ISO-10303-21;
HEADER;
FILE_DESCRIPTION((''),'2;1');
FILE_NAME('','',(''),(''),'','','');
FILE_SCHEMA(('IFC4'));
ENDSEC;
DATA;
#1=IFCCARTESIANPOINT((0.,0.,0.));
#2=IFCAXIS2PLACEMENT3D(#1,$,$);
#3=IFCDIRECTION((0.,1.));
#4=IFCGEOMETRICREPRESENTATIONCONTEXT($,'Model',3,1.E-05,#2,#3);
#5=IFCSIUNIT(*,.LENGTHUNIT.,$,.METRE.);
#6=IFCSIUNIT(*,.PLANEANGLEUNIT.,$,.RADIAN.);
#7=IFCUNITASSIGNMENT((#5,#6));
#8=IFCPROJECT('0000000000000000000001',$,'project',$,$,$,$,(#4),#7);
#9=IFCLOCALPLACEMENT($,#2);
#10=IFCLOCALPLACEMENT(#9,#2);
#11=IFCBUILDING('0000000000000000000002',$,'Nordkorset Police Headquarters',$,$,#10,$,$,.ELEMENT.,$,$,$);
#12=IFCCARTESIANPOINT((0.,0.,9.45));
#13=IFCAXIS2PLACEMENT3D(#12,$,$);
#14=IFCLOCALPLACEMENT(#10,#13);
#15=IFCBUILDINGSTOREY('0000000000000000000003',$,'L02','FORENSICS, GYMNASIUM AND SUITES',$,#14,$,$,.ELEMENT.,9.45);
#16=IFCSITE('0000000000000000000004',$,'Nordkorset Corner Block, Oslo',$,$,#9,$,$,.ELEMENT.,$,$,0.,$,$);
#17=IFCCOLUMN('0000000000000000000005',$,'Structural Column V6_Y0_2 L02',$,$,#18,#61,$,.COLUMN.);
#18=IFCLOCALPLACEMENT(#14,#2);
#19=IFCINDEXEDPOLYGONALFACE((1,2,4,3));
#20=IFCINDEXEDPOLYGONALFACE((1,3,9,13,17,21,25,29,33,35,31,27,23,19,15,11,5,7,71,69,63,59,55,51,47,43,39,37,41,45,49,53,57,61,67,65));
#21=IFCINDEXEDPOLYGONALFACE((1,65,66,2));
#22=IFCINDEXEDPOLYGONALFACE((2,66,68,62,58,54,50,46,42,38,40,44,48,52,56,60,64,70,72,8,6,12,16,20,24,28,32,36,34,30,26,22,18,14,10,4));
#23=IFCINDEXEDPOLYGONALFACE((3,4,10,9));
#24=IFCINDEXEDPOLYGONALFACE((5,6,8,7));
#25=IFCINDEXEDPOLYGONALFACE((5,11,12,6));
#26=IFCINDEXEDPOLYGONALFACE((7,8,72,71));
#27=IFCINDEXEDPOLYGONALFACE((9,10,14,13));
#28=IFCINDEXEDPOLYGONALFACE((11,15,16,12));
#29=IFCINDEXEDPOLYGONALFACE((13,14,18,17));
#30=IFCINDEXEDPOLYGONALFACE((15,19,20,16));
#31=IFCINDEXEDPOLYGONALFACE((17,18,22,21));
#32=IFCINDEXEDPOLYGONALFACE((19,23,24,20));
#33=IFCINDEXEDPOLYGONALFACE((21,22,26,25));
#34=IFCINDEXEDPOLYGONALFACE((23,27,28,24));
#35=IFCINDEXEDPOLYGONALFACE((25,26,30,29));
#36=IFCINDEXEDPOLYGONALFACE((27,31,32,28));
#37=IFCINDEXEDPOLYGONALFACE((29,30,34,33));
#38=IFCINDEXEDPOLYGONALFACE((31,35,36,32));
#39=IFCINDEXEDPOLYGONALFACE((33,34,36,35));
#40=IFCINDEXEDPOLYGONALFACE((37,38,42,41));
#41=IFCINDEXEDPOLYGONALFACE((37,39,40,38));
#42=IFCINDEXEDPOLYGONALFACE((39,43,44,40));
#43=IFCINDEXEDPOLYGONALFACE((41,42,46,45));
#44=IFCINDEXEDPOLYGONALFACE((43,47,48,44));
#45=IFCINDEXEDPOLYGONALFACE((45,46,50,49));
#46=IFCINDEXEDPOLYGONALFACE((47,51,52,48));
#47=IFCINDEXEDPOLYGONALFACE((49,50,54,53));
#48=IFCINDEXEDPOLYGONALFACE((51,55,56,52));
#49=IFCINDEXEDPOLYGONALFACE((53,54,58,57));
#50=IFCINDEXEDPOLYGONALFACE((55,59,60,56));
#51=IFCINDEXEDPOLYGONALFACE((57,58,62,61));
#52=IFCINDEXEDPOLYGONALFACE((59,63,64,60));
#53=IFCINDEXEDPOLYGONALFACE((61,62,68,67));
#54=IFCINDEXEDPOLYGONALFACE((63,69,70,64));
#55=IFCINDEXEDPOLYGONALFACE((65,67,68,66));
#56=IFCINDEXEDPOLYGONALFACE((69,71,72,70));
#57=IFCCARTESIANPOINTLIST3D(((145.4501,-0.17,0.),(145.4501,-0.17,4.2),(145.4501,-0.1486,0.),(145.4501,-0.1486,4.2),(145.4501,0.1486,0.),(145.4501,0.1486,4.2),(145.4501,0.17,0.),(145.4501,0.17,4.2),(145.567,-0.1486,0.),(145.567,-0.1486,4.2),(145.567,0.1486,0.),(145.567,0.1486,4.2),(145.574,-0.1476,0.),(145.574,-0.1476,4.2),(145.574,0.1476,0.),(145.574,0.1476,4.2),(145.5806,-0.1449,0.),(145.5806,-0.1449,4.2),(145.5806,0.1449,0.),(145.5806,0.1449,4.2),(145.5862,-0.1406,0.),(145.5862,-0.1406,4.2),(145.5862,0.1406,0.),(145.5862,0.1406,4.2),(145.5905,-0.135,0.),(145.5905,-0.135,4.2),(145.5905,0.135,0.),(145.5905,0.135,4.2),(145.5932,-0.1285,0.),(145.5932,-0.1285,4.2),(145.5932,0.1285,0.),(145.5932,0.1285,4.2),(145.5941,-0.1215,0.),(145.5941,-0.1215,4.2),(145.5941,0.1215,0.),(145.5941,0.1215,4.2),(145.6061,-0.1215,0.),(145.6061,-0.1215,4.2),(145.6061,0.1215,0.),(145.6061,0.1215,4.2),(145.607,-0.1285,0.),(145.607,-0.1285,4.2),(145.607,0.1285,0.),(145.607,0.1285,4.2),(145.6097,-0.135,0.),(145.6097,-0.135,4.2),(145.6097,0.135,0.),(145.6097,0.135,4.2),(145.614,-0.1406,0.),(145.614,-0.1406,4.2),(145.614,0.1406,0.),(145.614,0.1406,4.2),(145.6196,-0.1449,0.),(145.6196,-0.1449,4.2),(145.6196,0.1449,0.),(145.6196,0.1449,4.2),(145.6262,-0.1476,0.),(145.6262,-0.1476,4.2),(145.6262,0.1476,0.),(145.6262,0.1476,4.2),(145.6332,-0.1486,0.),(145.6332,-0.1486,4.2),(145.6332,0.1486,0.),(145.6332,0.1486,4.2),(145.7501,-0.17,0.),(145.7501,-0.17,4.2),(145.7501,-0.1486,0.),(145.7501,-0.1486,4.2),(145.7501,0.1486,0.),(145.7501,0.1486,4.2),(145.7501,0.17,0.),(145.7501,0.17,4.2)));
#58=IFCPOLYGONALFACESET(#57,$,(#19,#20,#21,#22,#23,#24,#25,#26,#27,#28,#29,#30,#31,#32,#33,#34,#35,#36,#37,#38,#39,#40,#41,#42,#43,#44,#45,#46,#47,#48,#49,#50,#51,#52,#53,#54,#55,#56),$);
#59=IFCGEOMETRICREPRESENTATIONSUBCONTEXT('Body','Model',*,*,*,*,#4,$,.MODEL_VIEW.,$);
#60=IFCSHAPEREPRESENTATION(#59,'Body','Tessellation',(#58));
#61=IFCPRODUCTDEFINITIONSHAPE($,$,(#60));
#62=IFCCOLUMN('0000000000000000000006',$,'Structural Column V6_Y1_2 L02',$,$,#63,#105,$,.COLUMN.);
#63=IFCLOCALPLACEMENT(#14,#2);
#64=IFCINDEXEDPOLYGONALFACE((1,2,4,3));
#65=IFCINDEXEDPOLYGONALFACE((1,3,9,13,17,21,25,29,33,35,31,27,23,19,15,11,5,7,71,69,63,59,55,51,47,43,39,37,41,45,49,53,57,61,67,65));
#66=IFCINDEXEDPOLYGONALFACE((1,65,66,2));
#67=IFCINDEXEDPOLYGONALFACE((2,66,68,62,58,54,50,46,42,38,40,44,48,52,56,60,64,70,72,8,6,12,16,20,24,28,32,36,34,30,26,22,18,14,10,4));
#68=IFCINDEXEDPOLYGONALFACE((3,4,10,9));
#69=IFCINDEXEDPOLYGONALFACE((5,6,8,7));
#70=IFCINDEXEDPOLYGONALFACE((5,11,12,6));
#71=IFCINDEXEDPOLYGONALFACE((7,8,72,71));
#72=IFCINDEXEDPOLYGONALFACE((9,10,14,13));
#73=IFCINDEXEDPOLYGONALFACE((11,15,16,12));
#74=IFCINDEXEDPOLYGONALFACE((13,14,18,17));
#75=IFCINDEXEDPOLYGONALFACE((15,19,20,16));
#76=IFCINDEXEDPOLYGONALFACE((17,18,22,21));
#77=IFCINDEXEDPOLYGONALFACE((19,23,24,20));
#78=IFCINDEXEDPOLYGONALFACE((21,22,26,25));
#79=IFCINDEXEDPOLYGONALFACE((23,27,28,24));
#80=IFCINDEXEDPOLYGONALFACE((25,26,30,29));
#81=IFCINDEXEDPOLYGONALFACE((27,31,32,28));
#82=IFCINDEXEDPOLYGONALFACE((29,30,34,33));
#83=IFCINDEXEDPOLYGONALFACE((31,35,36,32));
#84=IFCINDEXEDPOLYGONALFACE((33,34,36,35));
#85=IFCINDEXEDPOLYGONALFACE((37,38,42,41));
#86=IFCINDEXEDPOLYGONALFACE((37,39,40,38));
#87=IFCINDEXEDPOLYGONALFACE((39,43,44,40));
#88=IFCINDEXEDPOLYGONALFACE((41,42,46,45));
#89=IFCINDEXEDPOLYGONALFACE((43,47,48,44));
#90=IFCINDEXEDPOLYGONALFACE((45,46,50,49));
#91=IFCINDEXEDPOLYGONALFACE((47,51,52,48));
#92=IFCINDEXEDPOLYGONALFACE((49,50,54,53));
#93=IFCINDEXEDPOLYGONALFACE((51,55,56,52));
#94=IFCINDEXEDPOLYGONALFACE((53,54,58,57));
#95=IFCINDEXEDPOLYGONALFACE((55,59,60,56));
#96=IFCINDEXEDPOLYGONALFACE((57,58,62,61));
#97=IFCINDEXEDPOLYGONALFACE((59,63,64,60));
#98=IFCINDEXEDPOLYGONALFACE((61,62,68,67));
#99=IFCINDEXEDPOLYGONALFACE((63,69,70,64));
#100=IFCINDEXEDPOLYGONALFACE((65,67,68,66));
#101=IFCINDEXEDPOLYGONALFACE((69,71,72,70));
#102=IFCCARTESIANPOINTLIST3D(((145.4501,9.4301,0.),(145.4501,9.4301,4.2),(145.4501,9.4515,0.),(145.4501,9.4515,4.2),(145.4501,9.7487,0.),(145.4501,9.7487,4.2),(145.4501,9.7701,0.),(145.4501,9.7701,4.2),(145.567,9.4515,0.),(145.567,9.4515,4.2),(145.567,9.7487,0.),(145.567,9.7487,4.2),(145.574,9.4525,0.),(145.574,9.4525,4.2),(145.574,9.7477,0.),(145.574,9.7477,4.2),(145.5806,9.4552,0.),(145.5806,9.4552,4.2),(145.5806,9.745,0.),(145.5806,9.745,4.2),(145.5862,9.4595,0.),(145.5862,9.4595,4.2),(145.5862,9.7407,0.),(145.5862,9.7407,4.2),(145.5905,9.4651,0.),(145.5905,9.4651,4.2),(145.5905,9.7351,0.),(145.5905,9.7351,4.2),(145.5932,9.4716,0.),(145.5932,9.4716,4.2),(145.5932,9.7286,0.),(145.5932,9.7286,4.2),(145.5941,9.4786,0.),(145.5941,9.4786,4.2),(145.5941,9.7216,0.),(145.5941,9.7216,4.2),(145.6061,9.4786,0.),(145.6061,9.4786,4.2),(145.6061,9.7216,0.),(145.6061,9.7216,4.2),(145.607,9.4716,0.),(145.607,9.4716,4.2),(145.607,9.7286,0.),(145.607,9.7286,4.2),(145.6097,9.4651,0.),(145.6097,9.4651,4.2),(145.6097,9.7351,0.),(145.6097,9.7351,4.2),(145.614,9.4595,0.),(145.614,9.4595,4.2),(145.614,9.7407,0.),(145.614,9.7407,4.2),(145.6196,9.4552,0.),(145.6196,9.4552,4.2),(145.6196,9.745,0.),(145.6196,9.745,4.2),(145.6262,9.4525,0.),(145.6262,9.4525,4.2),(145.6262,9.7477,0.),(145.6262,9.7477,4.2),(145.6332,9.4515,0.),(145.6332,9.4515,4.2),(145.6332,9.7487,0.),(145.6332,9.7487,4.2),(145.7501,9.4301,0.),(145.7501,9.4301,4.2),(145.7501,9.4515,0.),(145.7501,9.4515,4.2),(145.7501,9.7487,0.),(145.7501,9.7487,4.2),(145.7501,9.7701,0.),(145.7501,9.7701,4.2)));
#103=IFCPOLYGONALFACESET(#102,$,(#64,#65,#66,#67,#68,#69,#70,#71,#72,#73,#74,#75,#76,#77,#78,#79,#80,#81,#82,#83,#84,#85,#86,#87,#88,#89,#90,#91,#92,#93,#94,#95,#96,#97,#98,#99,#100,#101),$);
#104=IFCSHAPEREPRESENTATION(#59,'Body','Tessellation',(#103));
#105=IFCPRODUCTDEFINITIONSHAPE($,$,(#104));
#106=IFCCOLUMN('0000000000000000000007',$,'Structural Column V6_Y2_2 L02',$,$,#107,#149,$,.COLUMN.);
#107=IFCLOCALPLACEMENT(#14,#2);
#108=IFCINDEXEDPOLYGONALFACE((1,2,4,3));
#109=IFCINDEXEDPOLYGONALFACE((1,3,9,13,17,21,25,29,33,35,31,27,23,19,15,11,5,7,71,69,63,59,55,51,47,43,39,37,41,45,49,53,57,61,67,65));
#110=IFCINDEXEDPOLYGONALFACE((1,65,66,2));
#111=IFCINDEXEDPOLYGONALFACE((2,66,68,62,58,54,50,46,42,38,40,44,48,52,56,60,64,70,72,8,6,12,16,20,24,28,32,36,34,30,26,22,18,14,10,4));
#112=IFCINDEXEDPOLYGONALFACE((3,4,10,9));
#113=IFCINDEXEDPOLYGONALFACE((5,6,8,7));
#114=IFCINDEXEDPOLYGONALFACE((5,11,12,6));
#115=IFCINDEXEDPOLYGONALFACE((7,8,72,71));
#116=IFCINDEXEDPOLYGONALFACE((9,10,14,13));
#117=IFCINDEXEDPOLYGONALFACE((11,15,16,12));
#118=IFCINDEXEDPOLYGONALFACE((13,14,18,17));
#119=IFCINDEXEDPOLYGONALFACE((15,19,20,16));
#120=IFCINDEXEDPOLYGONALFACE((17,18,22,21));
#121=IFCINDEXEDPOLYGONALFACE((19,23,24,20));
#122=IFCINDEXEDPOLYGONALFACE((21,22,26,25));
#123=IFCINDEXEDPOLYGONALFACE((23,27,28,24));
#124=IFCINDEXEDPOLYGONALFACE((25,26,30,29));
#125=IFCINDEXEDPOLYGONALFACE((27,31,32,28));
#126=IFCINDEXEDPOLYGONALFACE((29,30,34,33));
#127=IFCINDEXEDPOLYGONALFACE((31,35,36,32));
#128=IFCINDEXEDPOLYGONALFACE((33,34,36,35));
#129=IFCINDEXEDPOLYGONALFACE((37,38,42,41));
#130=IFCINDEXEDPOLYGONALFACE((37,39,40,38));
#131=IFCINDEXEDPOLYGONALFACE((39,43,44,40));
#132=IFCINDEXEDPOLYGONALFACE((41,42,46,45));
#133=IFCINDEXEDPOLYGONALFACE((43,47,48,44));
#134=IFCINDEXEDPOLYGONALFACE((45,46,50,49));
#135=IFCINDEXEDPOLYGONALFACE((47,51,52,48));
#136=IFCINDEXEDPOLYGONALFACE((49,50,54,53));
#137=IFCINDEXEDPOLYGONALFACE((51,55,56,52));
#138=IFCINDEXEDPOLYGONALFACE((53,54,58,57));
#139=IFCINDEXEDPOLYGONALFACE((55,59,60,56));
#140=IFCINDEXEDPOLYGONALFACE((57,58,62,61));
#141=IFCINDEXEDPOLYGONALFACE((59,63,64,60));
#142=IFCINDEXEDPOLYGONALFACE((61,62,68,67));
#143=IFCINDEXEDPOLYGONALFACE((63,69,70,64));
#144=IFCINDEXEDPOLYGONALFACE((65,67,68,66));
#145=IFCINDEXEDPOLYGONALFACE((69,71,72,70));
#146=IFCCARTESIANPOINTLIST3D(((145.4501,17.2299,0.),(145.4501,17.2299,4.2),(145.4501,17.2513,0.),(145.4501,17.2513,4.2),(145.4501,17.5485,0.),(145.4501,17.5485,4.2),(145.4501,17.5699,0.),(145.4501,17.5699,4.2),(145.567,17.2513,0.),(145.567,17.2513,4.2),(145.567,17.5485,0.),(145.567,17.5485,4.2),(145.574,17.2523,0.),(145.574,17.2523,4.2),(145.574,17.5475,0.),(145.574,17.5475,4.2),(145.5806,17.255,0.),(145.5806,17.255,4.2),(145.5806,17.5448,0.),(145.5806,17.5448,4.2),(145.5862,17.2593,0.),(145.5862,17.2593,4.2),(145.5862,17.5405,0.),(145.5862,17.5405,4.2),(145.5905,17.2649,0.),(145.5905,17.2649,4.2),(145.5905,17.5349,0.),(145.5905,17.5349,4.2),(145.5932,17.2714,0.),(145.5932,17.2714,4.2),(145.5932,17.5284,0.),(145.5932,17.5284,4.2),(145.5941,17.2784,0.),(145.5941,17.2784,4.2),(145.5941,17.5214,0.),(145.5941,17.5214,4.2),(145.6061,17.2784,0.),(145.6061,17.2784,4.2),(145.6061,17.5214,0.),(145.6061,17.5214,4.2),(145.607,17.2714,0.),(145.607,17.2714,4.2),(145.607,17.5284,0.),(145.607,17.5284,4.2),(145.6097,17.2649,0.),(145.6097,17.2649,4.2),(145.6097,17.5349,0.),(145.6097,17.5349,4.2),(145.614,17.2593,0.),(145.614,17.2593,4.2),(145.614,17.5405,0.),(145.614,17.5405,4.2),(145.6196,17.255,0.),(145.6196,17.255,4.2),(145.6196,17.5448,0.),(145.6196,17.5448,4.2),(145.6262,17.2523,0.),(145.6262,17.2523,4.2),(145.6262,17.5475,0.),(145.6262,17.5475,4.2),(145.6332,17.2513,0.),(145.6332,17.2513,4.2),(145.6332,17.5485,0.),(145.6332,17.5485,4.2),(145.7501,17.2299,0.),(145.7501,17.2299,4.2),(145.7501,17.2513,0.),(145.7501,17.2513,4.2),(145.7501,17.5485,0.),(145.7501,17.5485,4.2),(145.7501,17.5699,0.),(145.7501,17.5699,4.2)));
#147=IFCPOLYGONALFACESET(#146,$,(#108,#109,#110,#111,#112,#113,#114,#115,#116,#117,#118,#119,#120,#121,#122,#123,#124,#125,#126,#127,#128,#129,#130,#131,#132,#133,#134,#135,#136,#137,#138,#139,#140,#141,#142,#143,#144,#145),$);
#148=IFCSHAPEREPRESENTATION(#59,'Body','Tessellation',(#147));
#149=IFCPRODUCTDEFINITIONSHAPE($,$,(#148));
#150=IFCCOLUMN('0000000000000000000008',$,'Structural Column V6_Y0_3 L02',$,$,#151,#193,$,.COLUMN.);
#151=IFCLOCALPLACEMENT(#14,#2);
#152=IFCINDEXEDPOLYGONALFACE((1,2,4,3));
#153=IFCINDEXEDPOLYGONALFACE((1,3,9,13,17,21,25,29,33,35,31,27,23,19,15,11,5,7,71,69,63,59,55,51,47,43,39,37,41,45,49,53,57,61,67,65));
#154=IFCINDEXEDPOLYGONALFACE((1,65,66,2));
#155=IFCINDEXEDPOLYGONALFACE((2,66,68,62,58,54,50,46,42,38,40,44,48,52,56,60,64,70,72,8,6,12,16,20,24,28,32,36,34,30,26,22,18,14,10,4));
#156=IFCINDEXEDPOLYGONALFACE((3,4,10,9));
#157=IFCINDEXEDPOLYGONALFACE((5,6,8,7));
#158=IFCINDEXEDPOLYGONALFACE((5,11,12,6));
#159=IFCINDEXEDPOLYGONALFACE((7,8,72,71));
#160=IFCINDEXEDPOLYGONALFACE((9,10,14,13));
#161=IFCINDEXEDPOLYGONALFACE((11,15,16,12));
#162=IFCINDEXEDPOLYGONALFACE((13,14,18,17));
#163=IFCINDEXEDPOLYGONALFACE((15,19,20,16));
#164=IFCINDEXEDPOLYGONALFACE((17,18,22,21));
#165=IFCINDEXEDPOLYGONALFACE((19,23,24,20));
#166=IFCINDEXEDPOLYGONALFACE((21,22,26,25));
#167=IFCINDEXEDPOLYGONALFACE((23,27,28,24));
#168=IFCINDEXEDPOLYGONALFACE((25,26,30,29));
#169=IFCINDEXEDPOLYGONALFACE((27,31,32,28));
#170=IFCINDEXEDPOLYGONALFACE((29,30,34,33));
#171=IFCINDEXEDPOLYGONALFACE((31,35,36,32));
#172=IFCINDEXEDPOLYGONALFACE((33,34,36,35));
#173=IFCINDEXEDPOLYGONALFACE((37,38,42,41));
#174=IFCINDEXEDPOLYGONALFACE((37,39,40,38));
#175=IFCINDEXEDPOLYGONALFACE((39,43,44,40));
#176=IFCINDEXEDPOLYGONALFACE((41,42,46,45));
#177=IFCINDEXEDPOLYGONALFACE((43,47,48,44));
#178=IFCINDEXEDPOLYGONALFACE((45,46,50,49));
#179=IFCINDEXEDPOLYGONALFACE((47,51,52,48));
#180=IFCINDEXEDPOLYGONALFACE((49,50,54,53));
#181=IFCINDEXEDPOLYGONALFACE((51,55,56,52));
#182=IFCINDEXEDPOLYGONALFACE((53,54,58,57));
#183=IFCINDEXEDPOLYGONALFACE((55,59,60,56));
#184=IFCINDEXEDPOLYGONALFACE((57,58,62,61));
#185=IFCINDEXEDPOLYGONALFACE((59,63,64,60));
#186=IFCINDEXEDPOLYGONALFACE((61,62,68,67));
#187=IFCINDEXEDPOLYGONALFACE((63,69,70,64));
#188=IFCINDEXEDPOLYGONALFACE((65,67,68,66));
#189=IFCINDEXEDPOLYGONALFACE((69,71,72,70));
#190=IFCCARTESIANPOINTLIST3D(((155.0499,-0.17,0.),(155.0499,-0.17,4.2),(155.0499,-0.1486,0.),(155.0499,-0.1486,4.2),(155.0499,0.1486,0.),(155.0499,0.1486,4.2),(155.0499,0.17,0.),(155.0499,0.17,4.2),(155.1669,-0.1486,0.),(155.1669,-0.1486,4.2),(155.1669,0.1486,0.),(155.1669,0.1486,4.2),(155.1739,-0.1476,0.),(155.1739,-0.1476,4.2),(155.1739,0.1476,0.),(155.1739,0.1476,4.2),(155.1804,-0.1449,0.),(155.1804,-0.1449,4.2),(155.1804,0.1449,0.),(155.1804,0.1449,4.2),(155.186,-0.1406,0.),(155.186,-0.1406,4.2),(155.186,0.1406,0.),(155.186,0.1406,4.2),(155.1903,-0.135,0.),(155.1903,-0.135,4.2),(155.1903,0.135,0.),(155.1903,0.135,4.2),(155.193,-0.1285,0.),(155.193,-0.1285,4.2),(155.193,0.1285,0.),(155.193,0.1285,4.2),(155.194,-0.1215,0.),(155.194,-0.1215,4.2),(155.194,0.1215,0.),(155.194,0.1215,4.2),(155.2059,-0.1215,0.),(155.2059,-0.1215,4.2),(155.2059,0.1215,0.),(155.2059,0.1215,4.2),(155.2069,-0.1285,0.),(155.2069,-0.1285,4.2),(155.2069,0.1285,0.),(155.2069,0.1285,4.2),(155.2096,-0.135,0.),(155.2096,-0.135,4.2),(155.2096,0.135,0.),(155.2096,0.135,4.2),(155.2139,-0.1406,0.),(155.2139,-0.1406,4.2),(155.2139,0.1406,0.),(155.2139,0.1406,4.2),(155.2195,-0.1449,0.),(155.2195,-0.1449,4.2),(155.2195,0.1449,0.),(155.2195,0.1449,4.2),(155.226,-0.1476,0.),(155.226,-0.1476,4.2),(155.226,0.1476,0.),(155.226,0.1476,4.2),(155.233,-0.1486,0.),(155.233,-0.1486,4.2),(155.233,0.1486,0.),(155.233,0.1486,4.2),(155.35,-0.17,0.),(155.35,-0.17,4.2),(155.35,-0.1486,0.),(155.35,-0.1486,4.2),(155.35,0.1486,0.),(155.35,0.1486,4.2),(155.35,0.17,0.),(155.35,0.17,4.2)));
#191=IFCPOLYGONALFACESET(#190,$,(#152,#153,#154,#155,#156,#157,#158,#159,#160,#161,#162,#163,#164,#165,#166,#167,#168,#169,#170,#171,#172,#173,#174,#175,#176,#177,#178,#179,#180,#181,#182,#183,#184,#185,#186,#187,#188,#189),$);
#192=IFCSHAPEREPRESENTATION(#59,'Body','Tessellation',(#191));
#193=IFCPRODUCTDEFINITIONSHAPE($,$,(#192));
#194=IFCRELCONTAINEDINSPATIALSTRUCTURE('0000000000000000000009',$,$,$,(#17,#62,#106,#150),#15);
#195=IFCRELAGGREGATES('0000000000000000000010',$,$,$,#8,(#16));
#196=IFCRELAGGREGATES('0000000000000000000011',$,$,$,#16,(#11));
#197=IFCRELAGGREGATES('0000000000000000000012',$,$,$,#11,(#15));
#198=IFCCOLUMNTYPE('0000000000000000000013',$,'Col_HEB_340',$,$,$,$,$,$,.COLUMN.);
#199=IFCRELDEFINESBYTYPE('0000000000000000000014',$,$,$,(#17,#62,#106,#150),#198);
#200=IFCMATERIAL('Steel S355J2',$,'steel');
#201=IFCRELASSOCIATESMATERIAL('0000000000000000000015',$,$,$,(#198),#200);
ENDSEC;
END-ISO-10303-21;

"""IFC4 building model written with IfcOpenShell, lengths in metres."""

from ifc_helpers import new_model, si_unit, direction, frame, origin, origin_2d, place, context, subcontext, project, spatial, i_section, extrude, material, material_profile, profile_set, type_object, element, save


model = new_model("IFC4")

# Units and contexts
model_context = context("Model", 3, precision=1e-05, world=origin(), true_north=direction((0.0, 1.0)))
body_context = subcontext(model_context, "Body", "Model", "MODEL_VIEW")
ifc_project = project(units=[si_unit("LENGTHUNIT", "METRE"), si_unit("PLANEANGLEUNIT", "RADIAN")], contexts=[model_context])

# Site, building, storey
site_placement = place(None, origin())
site = spatial("IfcSite", under=ifc_project, at=site_placement, Name="Nordkorset Corner Block, Oslo", CompositionType="ELEMENT", RefElevation=0.0)
building_placement = place(site_placement, origin())
building = spatial("IfcBuilding", under=site, at=building_placement, Name="Nordkorset Police Headquarters", CompositionType="ELEMENT")
storey_placement = place(building_placement, frame((0.0, 0.0, 9.45)))
storey = spatial("IfcBuildingStorey", under=building, at=storey_placement, Name="L02", Description="FORENSICS, GYMNASIUM AND SUITES", CompositionType="ELEMENT", Elevation=9.45)

# Columns
ifc_material_1 = material(Name="Steel S355J2", Category="steel")
ifc_material_profile_1 = material_profile(ifc_material_1, i_section(OverallWidth=0.3, OverallDepth=0.3401, WebThickness=0.012, FlangeThickness=0.0215, FilletRadius=0.0271, at=origin_2d()), Name="HEB 340")
ifc_profile_set_1 = profile_set([ifc_material_profile_1], Name="Steel S355J2")
column_type = type_object("IfcColumnType", Name="Col_HEB_340", PredefinedType="COLUMN", material=ifc_profile_set_1)
for number, where, z_axis, x_axis, name in (
    (1, (145.6001, 0.0, 0.0), (0.0, 0.0, 1.0), (1.0, 0.0, 0.0), "Structural Column V6_Y0_2 L02"),
    (2, (145.6001, 9.6001, 0.0), (0.0, 0.0, 1.0), (1.0, 0.0, 0.0), "Structural Column V6_Y1_2 L02"),
    (3, (145.6001, 17.3999, 0.0), (0.0, 0.0, 1.0), (1.0, 0.0, 0.0), "Structural Column V6_Y2_2 L02"),
    (4, (155.2, 0.0, 0.0), (0.0, 0.0, 1.0), (1.0, 0.0, 0.0), "Structural Column V6_Y0_3 L02"),
):
    element("IfcColumn", number, at=place(storey_placement, frame(where, z_axis=z_axis, x_axis=x_axis)), inside=storey, type_object=column_type, Name=name, PredefinedType="COLUMN", context=body_context, shape_type="SweptSolid", body=[
        extrude(i_section(OverallWidth=0.3, OverallDepth=0.3401, WebThickness=0.012, FlangeThickness=0.0215, FilletRadius=0.0271, at=origin_2d()), origin(), (0.0, 0.0, 1.0), 4.2),
    ])

save(model, "model.ifc")
